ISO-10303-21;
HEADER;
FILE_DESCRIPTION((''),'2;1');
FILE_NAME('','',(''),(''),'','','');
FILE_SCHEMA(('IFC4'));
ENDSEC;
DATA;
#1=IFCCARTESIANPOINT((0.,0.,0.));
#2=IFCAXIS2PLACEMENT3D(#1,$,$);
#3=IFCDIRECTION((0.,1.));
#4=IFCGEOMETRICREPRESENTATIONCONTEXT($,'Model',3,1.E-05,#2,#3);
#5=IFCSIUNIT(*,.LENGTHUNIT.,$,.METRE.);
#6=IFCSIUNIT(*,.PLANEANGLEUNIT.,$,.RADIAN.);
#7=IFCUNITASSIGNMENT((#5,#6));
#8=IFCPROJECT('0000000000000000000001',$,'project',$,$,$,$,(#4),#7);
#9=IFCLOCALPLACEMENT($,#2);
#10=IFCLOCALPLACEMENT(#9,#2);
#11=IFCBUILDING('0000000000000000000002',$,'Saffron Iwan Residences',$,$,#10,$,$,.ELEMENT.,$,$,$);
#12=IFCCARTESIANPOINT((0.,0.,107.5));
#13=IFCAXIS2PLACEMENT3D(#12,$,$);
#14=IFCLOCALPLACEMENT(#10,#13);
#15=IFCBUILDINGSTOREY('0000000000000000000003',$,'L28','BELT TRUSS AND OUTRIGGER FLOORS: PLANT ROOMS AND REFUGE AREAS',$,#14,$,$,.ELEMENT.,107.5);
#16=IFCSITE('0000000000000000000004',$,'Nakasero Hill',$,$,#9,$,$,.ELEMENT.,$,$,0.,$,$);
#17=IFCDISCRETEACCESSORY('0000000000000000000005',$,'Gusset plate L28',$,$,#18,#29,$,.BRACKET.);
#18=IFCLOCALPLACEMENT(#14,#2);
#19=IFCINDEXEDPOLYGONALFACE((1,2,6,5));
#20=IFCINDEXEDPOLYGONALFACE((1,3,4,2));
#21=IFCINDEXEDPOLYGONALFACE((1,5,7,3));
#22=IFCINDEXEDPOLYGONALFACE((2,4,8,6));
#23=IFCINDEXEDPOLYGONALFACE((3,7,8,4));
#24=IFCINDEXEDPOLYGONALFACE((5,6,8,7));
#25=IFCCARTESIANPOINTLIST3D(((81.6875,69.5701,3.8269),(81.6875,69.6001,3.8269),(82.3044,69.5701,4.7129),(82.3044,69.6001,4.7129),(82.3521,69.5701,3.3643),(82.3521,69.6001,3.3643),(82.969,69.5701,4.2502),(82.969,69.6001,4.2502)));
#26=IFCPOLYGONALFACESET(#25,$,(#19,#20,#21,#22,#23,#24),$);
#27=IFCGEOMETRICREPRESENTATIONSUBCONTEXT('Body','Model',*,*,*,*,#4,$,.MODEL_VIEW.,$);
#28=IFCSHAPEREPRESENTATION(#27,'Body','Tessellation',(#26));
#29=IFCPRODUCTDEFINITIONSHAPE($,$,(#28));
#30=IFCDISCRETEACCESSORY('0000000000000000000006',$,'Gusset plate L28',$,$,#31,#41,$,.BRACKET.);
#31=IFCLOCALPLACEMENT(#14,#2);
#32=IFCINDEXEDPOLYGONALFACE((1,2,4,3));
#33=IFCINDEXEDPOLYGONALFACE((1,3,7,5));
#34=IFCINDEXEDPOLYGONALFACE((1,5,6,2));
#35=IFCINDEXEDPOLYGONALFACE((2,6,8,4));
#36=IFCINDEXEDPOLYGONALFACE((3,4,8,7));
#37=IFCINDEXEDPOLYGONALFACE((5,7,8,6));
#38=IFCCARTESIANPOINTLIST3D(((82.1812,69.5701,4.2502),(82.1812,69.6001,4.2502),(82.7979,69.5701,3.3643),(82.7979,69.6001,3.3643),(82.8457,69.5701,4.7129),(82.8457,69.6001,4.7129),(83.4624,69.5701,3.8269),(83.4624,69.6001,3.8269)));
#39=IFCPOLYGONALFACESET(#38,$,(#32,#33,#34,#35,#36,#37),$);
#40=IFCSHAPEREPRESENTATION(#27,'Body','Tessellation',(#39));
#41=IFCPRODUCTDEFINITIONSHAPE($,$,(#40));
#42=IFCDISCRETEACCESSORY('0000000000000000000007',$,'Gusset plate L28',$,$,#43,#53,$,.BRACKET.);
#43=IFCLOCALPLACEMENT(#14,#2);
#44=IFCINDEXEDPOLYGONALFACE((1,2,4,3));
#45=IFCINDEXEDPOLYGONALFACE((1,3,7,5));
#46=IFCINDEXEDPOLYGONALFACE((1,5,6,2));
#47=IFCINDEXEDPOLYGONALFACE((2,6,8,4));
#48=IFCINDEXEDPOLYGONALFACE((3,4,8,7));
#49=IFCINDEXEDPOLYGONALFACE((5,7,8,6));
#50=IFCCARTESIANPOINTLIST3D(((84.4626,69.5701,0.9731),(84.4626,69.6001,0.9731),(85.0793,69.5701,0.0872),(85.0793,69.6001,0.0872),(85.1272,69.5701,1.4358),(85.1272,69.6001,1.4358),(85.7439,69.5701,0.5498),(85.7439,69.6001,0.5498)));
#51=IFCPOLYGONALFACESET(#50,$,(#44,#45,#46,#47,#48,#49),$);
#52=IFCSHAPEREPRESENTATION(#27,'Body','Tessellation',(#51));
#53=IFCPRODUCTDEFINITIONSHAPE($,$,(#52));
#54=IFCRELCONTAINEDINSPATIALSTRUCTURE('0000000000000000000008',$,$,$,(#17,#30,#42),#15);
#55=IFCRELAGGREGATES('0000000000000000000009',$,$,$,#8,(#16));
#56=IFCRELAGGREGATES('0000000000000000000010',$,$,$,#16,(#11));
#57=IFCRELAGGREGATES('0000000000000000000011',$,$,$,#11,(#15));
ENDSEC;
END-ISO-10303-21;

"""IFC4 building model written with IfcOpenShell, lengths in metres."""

from ifc_helpers import new_model, si_unit, direction, frame, origin, place, context, subcontext, project, spatial, polyline, outline, extrude, element, save


model = new_model("IFC4")

# Units and contexts
model_context = context("Model", 3, precision=1e-05, world=origin(), true_north=direction((0.0, 1.0)))
body_context = subcontext(model_context, "Body", "Model", "MODEL_VIEW")
ifc_project = project(units=[si_unit("LENGTHUNIT", "METRE"), si_unit("PLANEANGLEUNIT", "RADIAN")], contexts=[model_context])

# Site, building, storey
site_placement = place(None, origin())
site = spatial("IfcSite", under=ifc_project, at=site_placement, Name="Nakasero Hill", CompositionType="ELEMENT", RefElevation=0.0)
building_placement = place(site_placement, origin())
building = spatial("IfcBuilding", under=site, at=building_placement, Name="Saffron Iwan Residences", CompositionType="ELEMENT")
storey_placement = place(building_placement, frame((0.0, 0.0, 107.5)))
storey = spatial("IfcBuildingStorey", under=building, at=storey_placement, Name="L28", Description="BELT TRUSS AND OUTRIGGER FLOORS: PLANT ROOMS AND REFUGE AREAS", CompositionType="ELEMENT", Elevation=107.5)

# Discrete accessories
for number, where, z_axis, x_axis, name in (
    (1, (82.969, 69.6001, 4.2502), (0.0, 1.0, 0.0), (-0.571442, 0.0, -0.820642), "Gusset plate L28"),
):
    element("IfcDiscreteAccessory", number, at=place(storey_placement, frame(where, z_axis=z_axis, x_axis=x_axis)), inside=storey, Name=name, PredefinedType="BRACKET", context=body_context, shape_type="SweptSolid", body=[
        extrude(outline(polyline([(0.0, 0.0), (1.0796, 0.0), (1.0797, 0.8097), (0.0001, 0.8097), (0.0, 0.0)])), origin(), (0.0, 0.0, -1.0), 0.03),
    ])
for number, where, z_axis, x_axis, name in (
    (2, (82.8457, 69.6001, 4.7129), (0.0, 1.0, 0.0), (0.57129, 0.0, -0.820748), "Gusset plate L28"),
    (3, (85.0793, 69.6001, 0.0872), (0.0, 1.0, 0.0), (-0.57129, 0.0, 0.820748), "Gusset plate L28"),
):
    element("IfcDiscreteAccessory", number, at=place(storey_placement, frame(where, z_axis=z_axis, x_axis=x_axis)), inside=storey, Name=name, PredefinedType="BRACKET", context=body_context, shape_type="SweptSolid", body=[
        extrude(outline(polyline([(0.0, 0.0), (1.0795, 0.0), (1.0796, 0.8097), (0.0001, 0.8097), (0.0, 0.0)])), origin(), (0.0, 0.0, -1.0), 0.03),
    ])

save(model, "model.ifc")
